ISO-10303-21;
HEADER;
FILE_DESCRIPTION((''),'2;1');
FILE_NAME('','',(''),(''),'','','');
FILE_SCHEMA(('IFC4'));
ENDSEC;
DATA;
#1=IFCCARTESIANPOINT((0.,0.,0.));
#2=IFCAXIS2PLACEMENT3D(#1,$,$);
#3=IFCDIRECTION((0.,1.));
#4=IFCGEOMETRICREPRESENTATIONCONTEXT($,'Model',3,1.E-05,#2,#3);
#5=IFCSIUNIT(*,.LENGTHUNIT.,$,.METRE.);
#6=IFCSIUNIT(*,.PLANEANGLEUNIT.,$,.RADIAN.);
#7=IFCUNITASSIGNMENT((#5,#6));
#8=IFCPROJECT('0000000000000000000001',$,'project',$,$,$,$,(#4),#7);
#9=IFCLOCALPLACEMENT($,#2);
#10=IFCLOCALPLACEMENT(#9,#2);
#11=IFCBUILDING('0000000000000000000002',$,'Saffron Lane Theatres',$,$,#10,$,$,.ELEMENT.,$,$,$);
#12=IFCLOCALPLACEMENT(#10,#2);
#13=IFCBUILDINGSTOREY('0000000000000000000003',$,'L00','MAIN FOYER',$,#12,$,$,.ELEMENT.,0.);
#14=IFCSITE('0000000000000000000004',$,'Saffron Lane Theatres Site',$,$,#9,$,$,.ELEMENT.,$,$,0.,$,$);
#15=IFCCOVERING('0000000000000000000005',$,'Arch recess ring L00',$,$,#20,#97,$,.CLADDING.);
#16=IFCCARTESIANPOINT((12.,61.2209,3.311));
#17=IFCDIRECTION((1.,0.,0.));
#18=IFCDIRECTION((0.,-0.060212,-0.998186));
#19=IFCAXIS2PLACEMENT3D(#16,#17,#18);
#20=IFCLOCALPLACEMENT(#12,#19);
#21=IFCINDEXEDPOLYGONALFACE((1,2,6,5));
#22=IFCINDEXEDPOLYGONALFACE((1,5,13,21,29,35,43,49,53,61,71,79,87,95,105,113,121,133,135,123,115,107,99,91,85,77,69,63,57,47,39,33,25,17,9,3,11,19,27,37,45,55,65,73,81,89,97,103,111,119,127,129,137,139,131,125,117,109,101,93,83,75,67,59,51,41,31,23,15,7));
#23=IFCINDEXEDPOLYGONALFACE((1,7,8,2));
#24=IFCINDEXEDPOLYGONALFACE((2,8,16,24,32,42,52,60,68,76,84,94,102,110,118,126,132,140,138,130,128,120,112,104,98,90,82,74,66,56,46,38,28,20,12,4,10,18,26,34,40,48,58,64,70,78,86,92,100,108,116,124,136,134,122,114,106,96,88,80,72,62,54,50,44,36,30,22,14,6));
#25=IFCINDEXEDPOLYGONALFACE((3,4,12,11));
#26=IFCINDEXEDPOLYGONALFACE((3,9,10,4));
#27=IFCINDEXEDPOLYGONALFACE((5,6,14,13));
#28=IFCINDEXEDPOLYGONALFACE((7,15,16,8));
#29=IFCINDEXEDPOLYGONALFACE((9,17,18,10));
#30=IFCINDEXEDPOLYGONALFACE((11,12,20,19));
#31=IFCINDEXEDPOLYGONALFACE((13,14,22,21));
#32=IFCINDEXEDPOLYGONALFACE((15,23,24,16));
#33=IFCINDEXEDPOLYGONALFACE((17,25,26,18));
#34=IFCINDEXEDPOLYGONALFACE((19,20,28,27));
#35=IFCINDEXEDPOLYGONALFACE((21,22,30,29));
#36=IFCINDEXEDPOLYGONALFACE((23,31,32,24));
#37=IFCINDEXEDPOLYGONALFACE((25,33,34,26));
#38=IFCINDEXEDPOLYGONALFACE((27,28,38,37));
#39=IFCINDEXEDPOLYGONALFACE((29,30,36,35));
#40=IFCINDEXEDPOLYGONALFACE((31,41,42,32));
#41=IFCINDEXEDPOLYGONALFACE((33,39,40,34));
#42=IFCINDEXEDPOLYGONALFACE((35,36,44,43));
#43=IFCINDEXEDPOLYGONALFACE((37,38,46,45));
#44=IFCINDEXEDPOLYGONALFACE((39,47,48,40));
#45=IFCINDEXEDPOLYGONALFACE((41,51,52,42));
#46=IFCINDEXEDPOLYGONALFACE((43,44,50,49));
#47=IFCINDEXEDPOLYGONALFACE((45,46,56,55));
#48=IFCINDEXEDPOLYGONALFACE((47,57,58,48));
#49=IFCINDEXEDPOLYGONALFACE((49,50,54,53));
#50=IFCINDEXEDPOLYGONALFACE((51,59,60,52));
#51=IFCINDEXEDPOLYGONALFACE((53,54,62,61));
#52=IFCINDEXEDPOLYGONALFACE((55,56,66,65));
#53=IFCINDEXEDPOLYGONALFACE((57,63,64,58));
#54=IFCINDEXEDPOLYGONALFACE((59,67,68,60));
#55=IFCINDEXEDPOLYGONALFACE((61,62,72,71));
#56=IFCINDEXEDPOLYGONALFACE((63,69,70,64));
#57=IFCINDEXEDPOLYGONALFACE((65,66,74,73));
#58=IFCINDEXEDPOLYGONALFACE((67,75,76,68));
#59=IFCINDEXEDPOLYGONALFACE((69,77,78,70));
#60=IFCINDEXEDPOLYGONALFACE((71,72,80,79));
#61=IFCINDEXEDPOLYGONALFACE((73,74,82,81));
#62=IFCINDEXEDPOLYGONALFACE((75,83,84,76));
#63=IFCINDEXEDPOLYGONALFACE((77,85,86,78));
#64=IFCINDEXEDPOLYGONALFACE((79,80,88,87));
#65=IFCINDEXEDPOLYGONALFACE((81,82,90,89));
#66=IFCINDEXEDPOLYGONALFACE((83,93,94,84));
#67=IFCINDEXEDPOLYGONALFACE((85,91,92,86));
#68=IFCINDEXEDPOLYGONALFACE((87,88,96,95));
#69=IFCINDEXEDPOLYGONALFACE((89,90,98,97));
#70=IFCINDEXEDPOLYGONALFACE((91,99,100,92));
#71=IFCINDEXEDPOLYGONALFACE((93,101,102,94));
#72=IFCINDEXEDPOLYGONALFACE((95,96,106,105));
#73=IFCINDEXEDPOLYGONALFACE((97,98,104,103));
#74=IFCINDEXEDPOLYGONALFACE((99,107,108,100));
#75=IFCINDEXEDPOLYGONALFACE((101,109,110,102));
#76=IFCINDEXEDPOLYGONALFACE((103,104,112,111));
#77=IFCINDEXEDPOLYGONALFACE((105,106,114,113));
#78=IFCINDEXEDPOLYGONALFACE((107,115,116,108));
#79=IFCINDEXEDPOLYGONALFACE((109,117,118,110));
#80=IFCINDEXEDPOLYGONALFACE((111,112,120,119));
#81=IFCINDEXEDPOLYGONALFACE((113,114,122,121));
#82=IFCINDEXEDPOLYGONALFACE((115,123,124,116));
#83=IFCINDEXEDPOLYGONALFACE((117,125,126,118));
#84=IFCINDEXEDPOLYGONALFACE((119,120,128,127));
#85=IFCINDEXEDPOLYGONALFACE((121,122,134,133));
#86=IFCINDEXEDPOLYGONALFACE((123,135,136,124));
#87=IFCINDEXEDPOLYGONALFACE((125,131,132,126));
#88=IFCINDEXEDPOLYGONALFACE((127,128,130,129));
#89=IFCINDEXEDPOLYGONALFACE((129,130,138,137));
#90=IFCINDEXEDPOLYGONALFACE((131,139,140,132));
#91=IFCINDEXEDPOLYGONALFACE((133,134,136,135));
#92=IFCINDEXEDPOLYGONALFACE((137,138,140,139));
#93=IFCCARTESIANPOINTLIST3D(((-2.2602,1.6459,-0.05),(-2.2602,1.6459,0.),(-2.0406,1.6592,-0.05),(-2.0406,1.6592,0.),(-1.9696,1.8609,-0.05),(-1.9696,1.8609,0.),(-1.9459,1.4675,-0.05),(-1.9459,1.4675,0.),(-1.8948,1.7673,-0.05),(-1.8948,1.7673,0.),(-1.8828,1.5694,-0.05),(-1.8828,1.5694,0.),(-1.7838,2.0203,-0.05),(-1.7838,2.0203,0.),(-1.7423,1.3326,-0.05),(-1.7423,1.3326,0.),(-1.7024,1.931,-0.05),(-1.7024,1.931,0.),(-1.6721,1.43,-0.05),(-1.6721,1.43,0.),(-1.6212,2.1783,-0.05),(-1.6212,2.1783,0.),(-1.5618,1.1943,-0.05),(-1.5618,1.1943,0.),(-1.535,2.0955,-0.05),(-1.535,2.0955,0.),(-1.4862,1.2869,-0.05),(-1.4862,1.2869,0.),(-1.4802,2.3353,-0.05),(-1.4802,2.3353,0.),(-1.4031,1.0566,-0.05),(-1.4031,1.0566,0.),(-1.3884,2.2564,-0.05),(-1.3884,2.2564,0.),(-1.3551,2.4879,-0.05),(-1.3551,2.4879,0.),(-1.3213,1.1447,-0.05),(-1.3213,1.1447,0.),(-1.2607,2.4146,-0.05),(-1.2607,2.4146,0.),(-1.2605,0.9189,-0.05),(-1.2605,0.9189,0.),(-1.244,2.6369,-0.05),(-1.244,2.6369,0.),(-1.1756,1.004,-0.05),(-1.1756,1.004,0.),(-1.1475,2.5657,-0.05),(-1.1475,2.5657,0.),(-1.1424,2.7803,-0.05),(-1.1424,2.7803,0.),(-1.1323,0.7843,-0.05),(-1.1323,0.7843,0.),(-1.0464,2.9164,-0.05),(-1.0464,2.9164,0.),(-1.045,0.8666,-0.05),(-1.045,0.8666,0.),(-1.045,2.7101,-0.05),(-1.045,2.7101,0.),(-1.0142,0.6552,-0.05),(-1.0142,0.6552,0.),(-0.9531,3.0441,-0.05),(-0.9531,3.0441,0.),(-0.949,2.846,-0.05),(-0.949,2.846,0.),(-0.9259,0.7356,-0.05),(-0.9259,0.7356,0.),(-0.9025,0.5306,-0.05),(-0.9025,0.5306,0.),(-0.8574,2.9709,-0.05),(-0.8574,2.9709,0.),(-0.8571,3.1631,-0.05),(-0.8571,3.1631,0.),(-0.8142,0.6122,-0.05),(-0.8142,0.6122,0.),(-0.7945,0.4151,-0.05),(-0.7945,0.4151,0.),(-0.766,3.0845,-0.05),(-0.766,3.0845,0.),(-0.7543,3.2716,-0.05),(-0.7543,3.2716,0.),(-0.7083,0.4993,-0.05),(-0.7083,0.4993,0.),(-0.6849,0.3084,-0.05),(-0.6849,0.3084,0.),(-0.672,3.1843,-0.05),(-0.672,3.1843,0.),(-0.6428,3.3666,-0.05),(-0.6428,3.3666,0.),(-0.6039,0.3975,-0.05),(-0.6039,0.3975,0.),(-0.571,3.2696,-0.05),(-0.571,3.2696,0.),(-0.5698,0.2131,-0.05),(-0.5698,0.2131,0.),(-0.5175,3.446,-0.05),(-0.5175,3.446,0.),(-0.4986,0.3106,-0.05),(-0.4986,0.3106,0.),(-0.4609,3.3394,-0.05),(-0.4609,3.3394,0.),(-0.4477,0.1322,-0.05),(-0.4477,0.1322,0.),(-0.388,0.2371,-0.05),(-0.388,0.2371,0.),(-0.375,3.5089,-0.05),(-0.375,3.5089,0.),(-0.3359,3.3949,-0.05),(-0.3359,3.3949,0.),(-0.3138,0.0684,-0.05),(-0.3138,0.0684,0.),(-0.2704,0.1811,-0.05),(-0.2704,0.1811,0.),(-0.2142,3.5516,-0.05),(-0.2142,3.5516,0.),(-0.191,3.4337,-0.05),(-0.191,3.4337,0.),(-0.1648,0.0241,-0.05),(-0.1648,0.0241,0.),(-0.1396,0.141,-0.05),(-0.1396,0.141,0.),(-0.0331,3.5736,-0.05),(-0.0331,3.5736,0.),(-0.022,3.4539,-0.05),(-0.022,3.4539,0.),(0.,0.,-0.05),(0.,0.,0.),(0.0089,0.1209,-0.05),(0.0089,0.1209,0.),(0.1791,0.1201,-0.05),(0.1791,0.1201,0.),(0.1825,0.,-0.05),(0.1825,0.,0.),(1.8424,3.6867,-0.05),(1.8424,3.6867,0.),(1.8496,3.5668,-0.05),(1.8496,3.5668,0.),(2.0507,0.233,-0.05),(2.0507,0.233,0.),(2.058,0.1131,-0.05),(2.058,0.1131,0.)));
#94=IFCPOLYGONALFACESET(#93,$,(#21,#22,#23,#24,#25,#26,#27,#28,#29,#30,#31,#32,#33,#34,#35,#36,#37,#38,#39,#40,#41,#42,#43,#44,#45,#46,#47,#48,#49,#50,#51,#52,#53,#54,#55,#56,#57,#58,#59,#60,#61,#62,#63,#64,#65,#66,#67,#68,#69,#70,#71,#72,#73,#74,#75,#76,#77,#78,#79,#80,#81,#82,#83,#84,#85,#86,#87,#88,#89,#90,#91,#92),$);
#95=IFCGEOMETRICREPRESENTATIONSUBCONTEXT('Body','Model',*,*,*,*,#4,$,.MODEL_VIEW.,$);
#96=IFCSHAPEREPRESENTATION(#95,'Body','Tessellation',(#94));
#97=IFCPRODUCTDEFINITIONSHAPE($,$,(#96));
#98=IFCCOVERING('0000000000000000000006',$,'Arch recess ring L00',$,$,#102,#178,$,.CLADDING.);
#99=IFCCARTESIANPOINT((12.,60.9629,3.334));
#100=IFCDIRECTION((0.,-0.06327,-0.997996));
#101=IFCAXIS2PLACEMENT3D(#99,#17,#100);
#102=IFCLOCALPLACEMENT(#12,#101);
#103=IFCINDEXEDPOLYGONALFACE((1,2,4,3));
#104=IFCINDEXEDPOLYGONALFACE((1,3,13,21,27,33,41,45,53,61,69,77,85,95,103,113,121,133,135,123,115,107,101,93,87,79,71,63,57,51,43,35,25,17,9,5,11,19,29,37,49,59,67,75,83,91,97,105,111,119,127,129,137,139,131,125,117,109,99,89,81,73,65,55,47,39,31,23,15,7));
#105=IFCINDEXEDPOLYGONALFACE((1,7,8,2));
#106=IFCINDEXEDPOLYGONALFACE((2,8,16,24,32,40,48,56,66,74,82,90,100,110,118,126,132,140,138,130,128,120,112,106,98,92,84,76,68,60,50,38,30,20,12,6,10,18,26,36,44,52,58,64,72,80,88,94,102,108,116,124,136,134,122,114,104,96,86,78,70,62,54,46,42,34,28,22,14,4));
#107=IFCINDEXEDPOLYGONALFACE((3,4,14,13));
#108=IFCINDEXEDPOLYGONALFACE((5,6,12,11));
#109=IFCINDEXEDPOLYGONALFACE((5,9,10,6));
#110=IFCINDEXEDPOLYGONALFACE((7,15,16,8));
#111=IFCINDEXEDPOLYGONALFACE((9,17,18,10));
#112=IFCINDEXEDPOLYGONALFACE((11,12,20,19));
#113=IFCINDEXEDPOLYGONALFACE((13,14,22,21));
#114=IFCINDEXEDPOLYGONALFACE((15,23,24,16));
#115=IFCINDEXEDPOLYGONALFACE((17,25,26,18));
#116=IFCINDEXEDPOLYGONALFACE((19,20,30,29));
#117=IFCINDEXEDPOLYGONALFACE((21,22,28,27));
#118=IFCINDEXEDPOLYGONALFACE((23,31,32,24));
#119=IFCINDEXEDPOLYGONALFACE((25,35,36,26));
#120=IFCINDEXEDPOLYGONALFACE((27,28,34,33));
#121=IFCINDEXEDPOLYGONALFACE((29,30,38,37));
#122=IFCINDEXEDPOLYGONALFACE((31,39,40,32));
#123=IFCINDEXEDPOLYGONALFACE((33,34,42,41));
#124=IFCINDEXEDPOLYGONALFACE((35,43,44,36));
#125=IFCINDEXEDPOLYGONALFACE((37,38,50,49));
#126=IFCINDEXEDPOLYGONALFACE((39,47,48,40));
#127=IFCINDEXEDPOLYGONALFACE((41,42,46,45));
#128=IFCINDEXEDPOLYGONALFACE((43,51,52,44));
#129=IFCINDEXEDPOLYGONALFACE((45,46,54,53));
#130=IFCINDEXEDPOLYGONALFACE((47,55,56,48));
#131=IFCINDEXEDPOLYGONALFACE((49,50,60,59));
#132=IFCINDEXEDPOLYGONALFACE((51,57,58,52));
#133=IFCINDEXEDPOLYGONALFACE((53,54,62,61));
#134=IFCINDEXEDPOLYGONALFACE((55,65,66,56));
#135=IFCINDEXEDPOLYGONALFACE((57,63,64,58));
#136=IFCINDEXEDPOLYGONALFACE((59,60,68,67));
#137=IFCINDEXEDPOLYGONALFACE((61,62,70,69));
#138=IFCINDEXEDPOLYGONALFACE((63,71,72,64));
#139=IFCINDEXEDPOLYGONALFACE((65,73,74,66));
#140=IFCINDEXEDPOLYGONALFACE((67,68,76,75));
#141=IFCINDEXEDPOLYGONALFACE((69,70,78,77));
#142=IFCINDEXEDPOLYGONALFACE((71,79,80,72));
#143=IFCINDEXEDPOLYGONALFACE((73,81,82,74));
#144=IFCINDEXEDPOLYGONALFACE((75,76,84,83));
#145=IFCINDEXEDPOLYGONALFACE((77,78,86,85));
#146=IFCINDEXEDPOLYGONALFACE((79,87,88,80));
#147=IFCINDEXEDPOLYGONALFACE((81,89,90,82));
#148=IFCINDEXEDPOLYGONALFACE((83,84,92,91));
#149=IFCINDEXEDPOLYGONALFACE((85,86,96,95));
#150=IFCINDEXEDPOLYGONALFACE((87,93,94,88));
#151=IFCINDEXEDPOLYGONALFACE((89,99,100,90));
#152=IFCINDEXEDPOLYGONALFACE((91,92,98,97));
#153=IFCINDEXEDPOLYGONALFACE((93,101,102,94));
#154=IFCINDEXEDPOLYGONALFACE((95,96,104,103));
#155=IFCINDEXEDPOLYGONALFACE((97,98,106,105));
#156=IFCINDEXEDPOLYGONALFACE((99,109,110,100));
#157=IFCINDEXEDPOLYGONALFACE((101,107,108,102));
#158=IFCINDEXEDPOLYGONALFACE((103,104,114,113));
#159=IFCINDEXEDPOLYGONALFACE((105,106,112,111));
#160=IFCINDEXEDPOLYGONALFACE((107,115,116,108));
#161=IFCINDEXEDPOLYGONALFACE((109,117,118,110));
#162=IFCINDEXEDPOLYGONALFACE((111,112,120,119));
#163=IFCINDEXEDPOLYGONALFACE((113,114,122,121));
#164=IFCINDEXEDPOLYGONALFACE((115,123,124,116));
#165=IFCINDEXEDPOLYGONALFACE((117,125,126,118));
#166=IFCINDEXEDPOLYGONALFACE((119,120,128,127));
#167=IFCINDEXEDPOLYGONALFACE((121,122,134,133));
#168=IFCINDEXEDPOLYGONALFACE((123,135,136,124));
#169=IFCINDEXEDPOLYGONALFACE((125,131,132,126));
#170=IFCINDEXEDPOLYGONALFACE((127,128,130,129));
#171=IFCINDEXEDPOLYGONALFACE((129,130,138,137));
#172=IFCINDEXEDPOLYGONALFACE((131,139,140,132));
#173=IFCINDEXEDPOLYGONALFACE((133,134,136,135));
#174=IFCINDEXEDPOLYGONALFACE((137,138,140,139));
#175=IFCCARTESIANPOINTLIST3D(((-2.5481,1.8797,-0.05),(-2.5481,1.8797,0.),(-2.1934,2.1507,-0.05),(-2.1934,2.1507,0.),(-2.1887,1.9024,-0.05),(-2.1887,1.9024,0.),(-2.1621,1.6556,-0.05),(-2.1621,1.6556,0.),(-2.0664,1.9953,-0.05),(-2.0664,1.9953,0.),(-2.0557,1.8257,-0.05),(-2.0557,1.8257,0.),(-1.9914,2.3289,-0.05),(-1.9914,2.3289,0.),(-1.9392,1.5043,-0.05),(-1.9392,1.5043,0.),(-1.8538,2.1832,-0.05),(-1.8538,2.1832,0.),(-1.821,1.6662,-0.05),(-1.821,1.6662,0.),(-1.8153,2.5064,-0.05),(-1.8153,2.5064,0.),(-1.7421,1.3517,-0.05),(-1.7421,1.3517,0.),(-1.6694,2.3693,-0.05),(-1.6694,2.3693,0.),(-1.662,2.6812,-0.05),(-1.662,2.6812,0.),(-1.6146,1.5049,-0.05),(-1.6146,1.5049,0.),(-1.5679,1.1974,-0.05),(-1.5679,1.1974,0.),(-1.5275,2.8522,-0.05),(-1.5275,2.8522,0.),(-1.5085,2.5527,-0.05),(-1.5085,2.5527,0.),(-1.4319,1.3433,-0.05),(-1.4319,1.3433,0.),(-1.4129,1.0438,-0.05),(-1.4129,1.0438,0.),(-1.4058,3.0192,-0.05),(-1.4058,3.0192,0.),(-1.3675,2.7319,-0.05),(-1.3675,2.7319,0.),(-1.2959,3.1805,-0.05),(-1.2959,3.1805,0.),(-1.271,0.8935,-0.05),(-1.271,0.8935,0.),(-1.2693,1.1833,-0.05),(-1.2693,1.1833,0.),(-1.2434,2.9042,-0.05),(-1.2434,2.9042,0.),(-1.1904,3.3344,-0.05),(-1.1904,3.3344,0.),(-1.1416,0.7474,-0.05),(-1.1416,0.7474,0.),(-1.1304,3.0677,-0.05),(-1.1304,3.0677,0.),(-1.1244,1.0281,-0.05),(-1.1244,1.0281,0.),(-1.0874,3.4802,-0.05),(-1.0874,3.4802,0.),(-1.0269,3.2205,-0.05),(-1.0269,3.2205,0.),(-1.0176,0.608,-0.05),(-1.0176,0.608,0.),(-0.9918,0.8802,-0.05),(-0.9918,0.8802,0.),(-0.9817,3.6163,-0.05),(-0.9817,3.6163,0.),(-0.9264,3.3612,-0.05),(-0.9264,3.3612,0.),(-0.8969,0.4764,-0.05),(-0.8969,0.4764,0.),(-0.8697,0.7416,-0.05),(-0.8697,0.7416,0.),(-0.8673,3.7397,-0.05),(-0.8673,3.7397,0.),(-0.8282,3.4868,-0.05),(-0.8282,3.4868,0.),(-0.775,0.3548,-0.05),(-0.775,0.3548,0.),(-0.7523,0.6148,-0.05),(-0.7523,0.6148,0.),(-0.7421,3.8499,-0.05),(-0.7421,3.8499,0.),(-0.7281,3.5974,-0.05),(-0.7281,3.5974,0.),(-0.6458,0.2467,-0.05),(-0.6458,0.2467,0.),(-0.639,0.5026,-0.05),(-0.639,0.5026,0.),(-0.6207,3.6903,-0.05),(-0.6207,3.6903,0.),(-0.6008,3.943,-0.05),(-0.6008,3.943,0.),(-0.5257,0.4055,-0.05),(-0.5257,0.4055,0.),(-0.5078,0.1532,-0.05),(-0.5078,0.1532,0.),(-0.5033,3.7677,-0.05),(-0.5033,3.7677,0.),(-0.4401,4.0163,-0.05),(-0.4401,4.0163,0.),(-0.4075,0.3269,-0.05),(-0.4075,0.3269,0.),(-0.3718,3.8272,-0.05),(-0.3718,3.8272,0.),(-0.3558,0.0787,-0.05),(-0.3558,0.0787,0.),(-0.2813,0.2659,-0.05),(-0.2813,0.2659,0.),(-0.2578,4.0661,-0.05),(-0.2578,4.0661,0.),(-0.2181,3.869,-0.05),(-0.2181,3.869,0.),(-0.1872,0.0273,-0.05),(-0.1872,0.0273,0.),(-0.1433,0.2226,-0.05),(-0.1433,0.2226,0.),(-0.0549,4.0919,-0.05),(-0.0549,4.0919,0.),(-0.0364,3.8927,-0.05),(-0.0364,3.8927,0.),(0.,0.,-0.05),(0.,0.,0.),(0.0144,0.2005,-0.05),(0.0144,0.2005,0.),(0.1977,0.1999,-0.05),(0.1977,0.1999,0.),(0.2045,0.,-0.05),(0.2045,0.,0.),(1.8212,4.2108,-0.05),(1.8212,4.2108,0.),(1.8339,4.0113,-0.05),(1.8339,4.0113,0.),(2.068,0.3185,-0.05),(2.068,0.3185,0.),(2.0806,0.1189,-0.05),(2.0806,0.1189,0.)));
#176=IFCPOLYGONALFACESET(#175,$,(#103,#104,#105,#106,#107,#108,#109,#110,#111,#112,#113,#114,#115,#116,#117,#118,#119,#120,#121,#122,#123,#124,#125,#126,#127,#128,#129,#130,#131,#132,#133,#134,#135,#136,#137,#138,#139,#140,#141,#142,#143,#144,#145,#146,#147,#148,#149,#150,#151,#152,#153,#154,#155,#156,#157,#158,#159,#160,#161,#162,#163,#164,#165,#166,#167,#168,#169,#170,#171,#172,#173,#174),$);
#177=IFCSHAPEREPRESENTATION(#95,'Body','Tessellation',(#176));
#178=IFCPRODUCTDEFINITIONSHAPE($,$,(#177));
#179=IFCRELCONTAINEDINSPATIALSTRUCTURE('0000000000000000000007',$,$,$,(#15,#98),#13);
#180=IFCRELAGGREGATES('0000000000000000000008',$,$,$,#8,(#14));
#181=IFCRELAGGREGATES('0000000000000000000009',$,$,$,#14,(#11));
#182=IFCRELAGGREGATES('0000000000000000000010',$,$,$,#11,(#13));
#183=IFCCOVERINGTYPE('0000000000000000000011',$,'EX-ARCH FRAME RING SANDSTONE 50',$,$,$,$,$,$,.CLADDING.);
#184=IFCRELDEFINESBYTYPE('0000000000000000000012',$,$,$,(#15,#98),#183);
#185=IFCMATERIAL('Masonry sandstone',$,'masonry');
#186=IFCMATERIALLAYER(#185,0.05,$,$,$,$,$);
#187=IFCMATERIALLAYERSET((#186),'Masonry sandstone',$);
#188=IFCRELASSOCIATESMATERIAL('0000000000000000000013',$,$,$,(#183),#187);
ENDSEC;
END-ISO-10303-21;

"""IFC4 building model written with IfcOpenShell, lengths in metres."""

from ifc_helpers import new_model, si_unit, direction, frame, origin, place, context, subcontext, project, spatial, polyline, outline, extrude, material, layer, layer_set, type_object, element, save


model = new_model("IFC4")

# Units and contexts
model_context = context("Model", 3, precision=1e-05, world=origin(), true_north=direction((0.0, 1.0)))
body_context = subcontext(model_context, "Body", "Model", "MODEL_VIEW")
ifc_project = project(units=[si_unit("LENGTHUNIT", "METRE"), si_unit("PLANEANGLEUNIT", "RADIAN")], contexts=[model_context])

# Site, building, storey
site_placement = place(None, origin())
site = spatial("IfcSite", under=ifc_project, at=site_placement, Name="Saffron Lane Theatres Site", CompositionType="ELEMENT", RefElevation=0.0)
building_placement = place(site_placement, origin())
building = spatial("IfcBuilding", under=site, at=building_placement, Name="Saffron Lane Theatres", CompositionType="ELEMENT")
storey_placement = place(building_placement, origin())
storey = spatial("IfcBuildingStorey", under=building, at=storey_placement, Name="L00", Description="MAIN FOYER", CompositionType="ELEMENT", Elevation=0.0)

# Coverings
ifc_material_1 = material(Name="Masonry sandstone", Category="masonry")
ifc_layer_1 = layer(ifc_material_1, 0.05)
ifc_layer_set_1 = layer_set([ifc_layer_1], Name="Masonry sandstone")
covering_type_1 = type_object("IfcCoveringType", Name="EX-ARCH FRAME RING SANDSTONE 50", PredefinedType="CLADDING", material=ifc_layer_set_1)
covering_1_placement = place(storey_placement, frame((12.0, 61.2209, 3.311), z_axis=(1.0, 0.0, 0.0), x_axis=(0.0, -0.060212, -0.998186)))
element("IfcCovering", 1, at=covering_1_placement, inside=storey, type_object=covering_type_1, Name="Arch recess ring L00", PredefinedType="CLADDING", context=body_context, shape_type="SweptSolid", body=[
    extrude(outline(polyline([(0.0, 0.0), (0.1825, 0.0), (2.058, 0.1131), (2.0507, 0.233), (0.1791, 0.1201), (0.0089, 0.1209), (-0.1396, 0.141), (-0.2704, 0.1811), (-0.388, 0.2371), (-0.4986, 0.3106), (-0.6039, 0.3975), (-0.7083, 0.4993), (-0.8142, 0.6122), (-0.9259, 0.7356), (-1.045, 0.8666), (-1.1756, 1.004), (-1.3213, 1.1447), (-1.4862, 1.2869), (-1.6721, 1.43), (-1.8828, 1.5694), (-2.0406, 1.6592), (-1.8948, 1.7673), (-1.7024, 1.931), (-1.535, 2.0955), (-1.3884, 2.2564), (-1.2607, 2.4146), (-1.1475, 2.5657), (-1.045, 2.7101), (-0.949, 2.846), (-0.8574, 2.9709), (-0.766, 3.0845), (-0.672, 3.1843), (-0.571, 3.2696), (-0.4609, 3.3394), (-0.3359, 3.3949), (-0.191, 3.4337), (-0.022, 3.4539), (1.8496, 3.5668), (1.8424, 3.6867), (-0.0331, 3.5736), (-0.2142, 3.5516), (-0.375, 3.5089), (-0.5175, 3.446), (-0.6428, 3.3666), (-0.7543, 3.2716), (-0.8571, 3.1631), (-0.9531, 3.0441), (-1.0464, 2.9164), (-1.1424, 2.7803), (-1.244, 2.6369), (-1.3551, 2.4879), (-1.4802, 2.3353), (-1.6212, 2.1783), (-1.7838, 2.0203), (-1.9696, 1.8609), (-2.2602, 1.6459), (-1.9459, 1.4675), (-1.7423, 1.3326), (-1.5618, 1.1943), (-1.4031, 1.0566), (-1.2605, 0.9189), (-1.1323, 0.7843), (-1.0142, 0.6552), (-0.9025, 0.5306), (-0.7945, 0.4151), (-0.6849, 0.3084), (-0.5698, 0.2131), (-0.4477, 0.1322), (-0.3138, 0.0684), (-0.1648, 0.0241), (0.0, 0.0)])), origin(), (0.0, 0.0, -1.0), 0.05),
])
covering_2_placement = place(storey_placement, frame((12.0, 60.9629, 3.334), z_axis=(1.0, 0.0, 0.0), x_axis=(0.0, -0.06327, -0.997996)))
element("IfcCovering", 2, at=covering_2_placement, inside=storey, type_object=covering_type_1, Name="Arch recess ring L00", PredefinedType="CLADDING", context=body_context, shape_type="SweptSolid", body=[
    extrude(outline(polyline([(0.0, 0.0), (0.2045, 0.0), (2.0806, 0.1189), (2.068, 0.3185), (0.1977, 0.1999), (0.0144, 0.2005), (-0.1433, 0.2226), (-0.2813, 0.2659), (-0.4075, 0.3269), (-0.5257, 0.4055), (-0.639, 0.5026), (-0.7523, 0.6148), (-0.8697, 0.7416), (-0.9918, 0.8802), (-1.1244, 1.0281), (-1.2693, 1.1833), (-1.4319, 1.3433), (-1.6146, 1.5049), (-1.821, 1.6662), (-2.0557, 1.8257), (-2.1887, 1.9024), (-2.0664, 1.9953), (-1.8538, 2.1832), (-1.6694, 2.3693), (-1.5085, 2.5527), (-1.3675, 2.7319), (-1.2434, 2.9042), (-1.1304, 3.0677), (-1.0269, 3.2205), (-0.9264, 3.3612), (-0.8282, 3.4868), (-0.7281, 3.5974), (-0.6207, 3.6903), (-0.5033, 3.7677), (-0.3718, 3.8272), (-0.2181, 3.869), (-0.0364, 3.8927), (1.8339, 4.0113), (1.8212, 4.2108), (-0.0549, 4.0919), (-0.2578, 4.0661), (-0.4401, 4.0163), (-0.6008, 3.943), (-0.7421, 3.8499), (-0.8673, 3.7397), (-0.9817, 3.6163), (-1.0874, 3.4802), (-1.1904, 3.3344), (-1.2959, 3.1805), (-1.4058, 3.0192), (-1.5275, 2.8522), (-1.662, 2.6812), (-1.8153, 2.5064), (-1.9914, 2.3289), (-2.1934, 2.1507), (-2.5481, 1.8797), (-2.1621, 1.6556), (-1.9392, 1.5043), (-1.7421, 1.3517), (-1.5679, 1.1974), (-1.4129, 1.0438), (-1.271, 0.8935), (-1.1416, 0.7474), (-1.0176, 0.608), (-0.8969, 0.4764), (-0.775, 0.3548), (-0.6458, 0.2467), (-0.5078, 0.1532), (-0.3558, 0.0787), (-0.1872, 0.0273), (0.0, 0.0)])), origin(), (0.0, 0.0, -1.0), 0.05),
])

save(model, "model.ifc")
